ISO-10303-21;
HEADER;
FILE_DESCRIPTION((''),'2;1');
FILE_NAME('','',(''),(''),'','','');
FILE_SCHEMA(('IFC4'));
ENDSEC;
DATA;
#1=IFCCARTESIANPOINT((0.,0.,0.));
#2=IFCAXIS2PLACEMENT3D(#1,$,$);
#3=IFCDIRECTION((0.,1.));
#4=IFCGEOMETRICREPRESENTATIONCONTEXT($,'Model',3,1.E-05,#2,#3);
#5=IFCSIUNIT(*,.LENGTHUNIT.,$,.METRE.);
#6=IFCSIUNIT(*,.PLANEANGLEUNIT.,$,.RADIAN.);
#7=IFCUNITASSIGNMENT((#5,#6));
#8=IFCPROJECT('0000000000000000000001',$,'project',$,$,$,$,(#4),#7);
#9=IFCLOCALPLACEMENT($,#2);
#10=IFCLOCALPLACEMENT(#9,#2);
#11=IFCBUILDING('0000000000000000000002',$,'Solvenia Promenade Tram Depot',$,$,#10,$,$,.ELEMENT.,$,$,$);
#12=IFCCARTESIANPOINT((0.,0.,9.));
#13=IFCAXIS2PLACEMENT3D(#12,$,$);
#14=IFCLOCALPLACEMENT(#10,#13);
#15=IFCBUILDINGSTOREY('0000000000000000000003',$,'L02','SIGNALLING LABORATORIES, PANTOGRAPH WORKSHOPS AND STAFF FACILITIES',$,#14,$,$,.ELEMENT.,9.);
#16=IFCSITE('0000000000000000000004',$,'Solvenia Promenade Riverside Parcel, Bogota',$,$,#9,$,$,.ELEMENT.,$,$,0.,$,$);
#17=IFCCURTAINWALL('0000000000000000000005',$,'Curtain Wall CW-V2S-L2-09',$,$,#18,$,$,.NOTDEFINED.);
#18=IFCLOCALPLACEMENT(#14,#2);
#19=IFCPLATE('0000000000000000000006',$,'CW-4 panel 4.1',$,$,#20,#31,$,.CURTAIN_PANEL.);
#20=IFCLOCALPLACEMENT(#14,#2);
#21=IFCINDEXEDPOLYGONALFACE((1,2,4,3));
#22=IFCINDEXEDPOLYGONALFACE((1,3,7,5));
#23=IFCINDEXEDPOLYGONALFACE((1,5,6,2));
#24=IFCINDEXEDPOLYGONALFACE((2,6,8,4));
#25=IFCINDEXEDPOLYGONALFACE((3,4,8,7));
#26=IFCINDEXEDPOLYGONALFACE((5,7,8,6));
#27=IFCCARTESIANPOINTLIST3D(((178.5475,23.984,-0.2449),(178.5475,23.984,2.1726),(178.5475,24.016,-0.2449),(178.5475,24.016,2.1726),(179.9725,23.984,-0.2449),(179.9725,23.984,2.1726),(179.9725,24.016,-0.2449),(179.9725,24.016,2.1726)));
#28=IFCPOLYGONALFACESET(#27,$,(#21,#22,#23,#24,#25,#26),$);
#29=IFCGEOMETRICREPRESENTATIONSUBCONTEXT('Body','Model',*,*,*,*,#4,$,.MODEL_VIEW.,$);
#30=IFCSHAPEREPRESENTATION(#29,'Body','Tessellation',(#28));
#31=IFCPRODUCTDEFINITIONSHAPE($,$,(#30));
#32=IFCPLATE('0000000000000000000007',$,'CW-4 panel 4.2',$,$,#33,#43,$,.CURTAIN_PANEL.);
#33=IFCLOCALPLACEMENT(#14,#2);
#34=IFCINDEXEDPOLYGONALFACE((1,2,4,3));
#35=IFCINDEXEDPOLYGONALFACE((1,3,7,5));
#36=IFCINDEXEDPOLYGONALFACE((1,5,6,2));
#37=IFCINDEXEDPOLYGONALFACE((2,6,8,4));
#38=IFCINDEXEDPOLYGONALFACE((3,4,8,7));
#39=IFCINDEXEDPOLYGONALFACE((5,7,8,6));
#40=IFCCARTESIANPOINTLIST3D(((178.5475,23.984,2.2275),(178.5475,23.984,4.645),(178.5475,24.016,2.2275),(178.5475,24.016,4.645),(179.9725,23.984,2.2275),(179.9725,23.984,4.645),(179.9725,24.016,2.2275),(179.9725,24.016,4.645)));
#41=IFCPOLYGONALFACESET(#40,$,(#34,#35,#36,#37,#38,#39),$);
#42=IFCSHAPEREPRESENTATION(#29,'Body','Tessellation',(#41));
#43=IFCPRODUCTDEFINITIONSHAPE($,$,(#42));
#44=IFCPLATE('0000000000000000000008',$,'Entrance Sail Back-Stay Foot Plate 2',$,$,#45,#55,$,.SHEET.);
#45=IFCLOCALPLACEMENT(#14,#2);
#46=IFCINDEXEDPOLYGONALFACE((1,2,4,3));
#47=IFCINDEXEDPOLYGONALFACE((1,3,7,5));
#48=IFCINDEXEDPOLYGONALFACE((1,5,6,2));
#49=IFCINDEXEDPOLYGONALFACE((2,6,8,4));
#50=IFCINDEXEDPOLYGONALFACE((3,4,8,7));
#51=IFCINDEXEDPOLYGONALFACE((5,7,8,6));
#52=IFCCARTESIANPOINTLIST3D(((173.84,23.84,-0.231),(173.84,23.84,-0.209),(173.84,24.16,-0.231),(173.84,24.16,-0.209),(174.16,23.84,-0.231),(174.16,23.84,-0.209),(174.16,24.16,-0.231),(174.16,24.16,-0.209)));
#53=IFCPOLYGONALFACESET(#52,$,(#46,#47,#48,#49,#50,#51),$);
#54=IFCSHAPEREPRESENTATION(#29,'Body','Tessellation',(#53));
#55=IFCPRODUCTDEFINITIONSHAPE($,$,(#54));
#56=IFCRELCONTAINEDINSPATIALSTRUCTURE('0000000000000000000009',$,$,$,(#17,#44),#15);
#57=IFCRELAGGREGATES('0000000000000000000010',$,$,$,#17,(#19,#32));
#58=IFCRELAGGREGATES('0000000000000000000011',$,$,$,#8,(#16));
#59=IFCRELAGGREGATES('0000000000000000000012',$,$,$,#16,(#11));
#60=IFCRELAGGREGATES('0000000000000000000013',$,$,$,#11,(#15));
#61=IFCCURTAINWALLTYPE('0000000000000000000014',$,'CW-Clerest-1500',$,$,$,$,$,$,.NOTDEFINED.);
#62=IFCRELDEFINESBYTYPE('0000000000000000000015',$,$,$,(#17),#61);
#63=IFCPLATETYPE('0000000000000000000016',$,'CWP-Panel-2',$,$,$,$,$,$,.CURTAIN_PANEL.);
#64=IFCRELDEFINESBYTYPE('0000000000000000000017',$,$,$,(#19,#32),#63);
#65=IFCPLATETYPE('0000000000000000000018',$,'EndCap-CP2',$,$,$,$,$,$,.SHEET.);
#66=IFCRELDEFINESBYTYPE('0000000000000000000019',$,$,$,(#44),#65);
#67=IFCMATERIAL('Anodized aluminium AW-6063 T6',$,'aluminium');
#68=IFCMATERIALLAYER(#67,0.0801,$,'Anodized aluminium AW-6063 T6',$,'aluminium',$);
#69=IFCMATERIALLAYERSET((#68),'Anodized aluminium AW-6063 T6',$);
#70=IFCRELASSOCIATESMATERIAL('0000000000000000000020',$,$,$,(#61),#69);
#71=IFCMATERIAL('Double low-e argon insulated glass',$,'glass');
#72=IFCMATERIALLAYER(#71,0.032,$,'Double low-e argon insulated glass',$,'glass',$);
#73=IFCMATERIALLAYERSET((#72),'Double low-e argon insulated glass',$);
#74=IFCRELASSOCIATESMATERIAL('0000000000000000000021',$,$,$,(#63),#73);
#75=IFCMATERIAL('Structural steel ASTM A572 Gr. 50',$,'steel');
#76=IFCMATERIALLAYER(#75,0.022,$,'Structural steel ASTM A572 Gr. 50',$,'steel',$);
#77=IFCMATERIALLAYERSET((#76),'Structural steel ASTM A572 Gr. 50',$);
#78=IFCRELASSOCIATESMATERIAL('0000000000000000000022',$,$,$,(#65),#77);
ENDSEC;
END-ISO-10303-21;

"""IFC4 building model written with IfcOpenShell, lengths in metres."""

from ifc_helpers import new_model, si_unit, direction, frame, origin, origin_2d, place, context, subcontext, project, spatial, rectangle, extrude, material, layer, layer_set, type_object, element, aggregate, save


model = new_model("IFC4")

# Units and contexts
model_context = context("Model", 3, precision=1e-05, world=origin(), true_north=direction((0.0, 1.0)))
body_context = subcontext(model_context, "Body", "Model", "MODEL_VIEW")
ifc_project = project(units=[si_unit("LENGTHUNIT", "METRE"), si_unit("PLANEANGLEUNIT", "RADIAN")], contexts=[model_context])

# Site, building, storey
site_placement = place(None, origin())
site = spatial("IfcSite", under=ifc_project, at=site_placement, Name="Solvenia Promenade Riverside Parcel, Bogota", CompositionType="ELEMENT", RefElevation=0.0)
building_placement = place(site_placement, origin())
building = spatial("IfcBuilding", under=site, at=building_placement, Name="Solvenia Promenade Tram Depot", CompositionType="ELEMENT")
storey_placement = place(building_placement, frame((0.0, 0.0, 9.0)))
storey = spatial("IfcBuildingStorey", under=building, at=storey_placement, Name="L02", Description="SIGNALLING LABORATORIES, PANTOGRAPH WORKSHOPS AND STAFF FACILITIES", CompositionType="ELEMENT", Elevation=9.0)

# Shared definitions
ifc_material_1 = material(Name="Anodized aluminium AW-6063 T6", Category="aluminium")
ifc_layer_1 = layer(ifc_material_1, 0.0801, Name="Anodized aluminium AW-6063 T6", Category="aluminium")
ifc_layer_set_1 = layer_set([ifc_layer_1], Name="Anodized aluminium AW-6063 T6")
curtain_wall_type = type_object("IfcCurtainWallType", Name="CW-Clerest-1500", PredefinedType="NOTDEFINED", material=ifc_layer_set_1)

# Curtain wall
curtain_wall_1_placement = place(storey_placement, origin())
curtain_wall_1 = element("IfcCurtainWall", 1, at=curtain_wall_1_placement, inside=storey, type_object=curtain_wall_type, Name="Curtain Wall CW-V2S-L2-09", PredefinedType="NOTDEFINED")

# Plates
ifc_material_2 = material(Name="Double low-e argon insulated glass", Category="glass")
ifc_layer_2 = layer(ifc_material_2, 0.032, Name="Double low-e argon insulated glass", Category="glass")
ifc_layer_set_2 = layer_set([ifc_layer_2], Name="Double low-e argon insulated glass")
plate_type_1 = type_object("IfcPlateType", Name="CWP-Panel-2", PredefinedType="CURTAIN_PANEL", material=ifc_layer_set_2)
plate_1_placement = place(storey_placement, frame((179.26, 24.0, -0.2449), z_axis=(0.0, 0.0, 1.0), x_axis=(1.0, 0.0, 0.0)))
plate_1 = element("IfcPlate", 2, at=plate_1_placement, type_object=plate_type_1, Name="CW-4 panel 4.1", PredefinedType="CURTAIN_PANEL", context=body_context, shape_type="SweptSolid", body=[
    extrude(rectangle(XDim=1.425, YDim=0.032, at=origin_2d()), origin(), (0.0, 0.0, 1.0), 2.4175),
])
plate_2_placement = place(storey_placement, frame((179.26, 24.0, 2.2275), z_axis=(0.0, 0.0, 1.0), x_axis=(1.0, 0.0, 0.0)))
plate_2 = element("IfcPlate", 3, at=plate_2_placement, type_object=plate_type_1, Name="CW-4 panel 4.2", PredefinedType="CURTAIN_PANEL", context=body_context, shape_type="SweptSolid", body=[
    extrude(rectangle(XDim=1.425, YDim=0.032, at=origin_2d()), origin(), (0.0, 0.0, 1.0), 2.4175),
])
aggregate(curtain_wall_1, [plate_1, plate_2])
ifc_material_3 = material(Name="Structural steel ASTM A572 Gr. 50", Category="steel")
ifc_layer_3 = layer(ifc_material_3, 0.022, Name="Structural steel ASTM A572 Gr. 50", Category="steel")
ifc_layer_set_3 = layer_set([ifc_layer_3], Name="Structural steel ASTM A572 Gr. 50")
plate_type_2 = type_object("IfcPlateType", Name="EndCap-CP2", PredefinedType="SHEET", material=ifc_layer_set_3)
plate_3_placement = place(storey_placement, frame((174.0, 24.0, -0.231), z_axis=(0.0, 0.0, 1.0), x_axis=(1.0, 0.0, 0.0)))
element("IfcPlate", 4, at=plate_3_placement, inside=storey, type_object=plate_type_2, Name="Entrance Sail Back-Stay Foot Plate 2", PredefinedType="SHEET", context=body_context, shape_type="SweptSolid", body=[
    extrude(rectangle(XDim=0.3201, YDim=0.3201, at=origin_2d()), origin(), (0.0, 0.0, 1.0), 0.022),
])

save(model, "model.ifc")
